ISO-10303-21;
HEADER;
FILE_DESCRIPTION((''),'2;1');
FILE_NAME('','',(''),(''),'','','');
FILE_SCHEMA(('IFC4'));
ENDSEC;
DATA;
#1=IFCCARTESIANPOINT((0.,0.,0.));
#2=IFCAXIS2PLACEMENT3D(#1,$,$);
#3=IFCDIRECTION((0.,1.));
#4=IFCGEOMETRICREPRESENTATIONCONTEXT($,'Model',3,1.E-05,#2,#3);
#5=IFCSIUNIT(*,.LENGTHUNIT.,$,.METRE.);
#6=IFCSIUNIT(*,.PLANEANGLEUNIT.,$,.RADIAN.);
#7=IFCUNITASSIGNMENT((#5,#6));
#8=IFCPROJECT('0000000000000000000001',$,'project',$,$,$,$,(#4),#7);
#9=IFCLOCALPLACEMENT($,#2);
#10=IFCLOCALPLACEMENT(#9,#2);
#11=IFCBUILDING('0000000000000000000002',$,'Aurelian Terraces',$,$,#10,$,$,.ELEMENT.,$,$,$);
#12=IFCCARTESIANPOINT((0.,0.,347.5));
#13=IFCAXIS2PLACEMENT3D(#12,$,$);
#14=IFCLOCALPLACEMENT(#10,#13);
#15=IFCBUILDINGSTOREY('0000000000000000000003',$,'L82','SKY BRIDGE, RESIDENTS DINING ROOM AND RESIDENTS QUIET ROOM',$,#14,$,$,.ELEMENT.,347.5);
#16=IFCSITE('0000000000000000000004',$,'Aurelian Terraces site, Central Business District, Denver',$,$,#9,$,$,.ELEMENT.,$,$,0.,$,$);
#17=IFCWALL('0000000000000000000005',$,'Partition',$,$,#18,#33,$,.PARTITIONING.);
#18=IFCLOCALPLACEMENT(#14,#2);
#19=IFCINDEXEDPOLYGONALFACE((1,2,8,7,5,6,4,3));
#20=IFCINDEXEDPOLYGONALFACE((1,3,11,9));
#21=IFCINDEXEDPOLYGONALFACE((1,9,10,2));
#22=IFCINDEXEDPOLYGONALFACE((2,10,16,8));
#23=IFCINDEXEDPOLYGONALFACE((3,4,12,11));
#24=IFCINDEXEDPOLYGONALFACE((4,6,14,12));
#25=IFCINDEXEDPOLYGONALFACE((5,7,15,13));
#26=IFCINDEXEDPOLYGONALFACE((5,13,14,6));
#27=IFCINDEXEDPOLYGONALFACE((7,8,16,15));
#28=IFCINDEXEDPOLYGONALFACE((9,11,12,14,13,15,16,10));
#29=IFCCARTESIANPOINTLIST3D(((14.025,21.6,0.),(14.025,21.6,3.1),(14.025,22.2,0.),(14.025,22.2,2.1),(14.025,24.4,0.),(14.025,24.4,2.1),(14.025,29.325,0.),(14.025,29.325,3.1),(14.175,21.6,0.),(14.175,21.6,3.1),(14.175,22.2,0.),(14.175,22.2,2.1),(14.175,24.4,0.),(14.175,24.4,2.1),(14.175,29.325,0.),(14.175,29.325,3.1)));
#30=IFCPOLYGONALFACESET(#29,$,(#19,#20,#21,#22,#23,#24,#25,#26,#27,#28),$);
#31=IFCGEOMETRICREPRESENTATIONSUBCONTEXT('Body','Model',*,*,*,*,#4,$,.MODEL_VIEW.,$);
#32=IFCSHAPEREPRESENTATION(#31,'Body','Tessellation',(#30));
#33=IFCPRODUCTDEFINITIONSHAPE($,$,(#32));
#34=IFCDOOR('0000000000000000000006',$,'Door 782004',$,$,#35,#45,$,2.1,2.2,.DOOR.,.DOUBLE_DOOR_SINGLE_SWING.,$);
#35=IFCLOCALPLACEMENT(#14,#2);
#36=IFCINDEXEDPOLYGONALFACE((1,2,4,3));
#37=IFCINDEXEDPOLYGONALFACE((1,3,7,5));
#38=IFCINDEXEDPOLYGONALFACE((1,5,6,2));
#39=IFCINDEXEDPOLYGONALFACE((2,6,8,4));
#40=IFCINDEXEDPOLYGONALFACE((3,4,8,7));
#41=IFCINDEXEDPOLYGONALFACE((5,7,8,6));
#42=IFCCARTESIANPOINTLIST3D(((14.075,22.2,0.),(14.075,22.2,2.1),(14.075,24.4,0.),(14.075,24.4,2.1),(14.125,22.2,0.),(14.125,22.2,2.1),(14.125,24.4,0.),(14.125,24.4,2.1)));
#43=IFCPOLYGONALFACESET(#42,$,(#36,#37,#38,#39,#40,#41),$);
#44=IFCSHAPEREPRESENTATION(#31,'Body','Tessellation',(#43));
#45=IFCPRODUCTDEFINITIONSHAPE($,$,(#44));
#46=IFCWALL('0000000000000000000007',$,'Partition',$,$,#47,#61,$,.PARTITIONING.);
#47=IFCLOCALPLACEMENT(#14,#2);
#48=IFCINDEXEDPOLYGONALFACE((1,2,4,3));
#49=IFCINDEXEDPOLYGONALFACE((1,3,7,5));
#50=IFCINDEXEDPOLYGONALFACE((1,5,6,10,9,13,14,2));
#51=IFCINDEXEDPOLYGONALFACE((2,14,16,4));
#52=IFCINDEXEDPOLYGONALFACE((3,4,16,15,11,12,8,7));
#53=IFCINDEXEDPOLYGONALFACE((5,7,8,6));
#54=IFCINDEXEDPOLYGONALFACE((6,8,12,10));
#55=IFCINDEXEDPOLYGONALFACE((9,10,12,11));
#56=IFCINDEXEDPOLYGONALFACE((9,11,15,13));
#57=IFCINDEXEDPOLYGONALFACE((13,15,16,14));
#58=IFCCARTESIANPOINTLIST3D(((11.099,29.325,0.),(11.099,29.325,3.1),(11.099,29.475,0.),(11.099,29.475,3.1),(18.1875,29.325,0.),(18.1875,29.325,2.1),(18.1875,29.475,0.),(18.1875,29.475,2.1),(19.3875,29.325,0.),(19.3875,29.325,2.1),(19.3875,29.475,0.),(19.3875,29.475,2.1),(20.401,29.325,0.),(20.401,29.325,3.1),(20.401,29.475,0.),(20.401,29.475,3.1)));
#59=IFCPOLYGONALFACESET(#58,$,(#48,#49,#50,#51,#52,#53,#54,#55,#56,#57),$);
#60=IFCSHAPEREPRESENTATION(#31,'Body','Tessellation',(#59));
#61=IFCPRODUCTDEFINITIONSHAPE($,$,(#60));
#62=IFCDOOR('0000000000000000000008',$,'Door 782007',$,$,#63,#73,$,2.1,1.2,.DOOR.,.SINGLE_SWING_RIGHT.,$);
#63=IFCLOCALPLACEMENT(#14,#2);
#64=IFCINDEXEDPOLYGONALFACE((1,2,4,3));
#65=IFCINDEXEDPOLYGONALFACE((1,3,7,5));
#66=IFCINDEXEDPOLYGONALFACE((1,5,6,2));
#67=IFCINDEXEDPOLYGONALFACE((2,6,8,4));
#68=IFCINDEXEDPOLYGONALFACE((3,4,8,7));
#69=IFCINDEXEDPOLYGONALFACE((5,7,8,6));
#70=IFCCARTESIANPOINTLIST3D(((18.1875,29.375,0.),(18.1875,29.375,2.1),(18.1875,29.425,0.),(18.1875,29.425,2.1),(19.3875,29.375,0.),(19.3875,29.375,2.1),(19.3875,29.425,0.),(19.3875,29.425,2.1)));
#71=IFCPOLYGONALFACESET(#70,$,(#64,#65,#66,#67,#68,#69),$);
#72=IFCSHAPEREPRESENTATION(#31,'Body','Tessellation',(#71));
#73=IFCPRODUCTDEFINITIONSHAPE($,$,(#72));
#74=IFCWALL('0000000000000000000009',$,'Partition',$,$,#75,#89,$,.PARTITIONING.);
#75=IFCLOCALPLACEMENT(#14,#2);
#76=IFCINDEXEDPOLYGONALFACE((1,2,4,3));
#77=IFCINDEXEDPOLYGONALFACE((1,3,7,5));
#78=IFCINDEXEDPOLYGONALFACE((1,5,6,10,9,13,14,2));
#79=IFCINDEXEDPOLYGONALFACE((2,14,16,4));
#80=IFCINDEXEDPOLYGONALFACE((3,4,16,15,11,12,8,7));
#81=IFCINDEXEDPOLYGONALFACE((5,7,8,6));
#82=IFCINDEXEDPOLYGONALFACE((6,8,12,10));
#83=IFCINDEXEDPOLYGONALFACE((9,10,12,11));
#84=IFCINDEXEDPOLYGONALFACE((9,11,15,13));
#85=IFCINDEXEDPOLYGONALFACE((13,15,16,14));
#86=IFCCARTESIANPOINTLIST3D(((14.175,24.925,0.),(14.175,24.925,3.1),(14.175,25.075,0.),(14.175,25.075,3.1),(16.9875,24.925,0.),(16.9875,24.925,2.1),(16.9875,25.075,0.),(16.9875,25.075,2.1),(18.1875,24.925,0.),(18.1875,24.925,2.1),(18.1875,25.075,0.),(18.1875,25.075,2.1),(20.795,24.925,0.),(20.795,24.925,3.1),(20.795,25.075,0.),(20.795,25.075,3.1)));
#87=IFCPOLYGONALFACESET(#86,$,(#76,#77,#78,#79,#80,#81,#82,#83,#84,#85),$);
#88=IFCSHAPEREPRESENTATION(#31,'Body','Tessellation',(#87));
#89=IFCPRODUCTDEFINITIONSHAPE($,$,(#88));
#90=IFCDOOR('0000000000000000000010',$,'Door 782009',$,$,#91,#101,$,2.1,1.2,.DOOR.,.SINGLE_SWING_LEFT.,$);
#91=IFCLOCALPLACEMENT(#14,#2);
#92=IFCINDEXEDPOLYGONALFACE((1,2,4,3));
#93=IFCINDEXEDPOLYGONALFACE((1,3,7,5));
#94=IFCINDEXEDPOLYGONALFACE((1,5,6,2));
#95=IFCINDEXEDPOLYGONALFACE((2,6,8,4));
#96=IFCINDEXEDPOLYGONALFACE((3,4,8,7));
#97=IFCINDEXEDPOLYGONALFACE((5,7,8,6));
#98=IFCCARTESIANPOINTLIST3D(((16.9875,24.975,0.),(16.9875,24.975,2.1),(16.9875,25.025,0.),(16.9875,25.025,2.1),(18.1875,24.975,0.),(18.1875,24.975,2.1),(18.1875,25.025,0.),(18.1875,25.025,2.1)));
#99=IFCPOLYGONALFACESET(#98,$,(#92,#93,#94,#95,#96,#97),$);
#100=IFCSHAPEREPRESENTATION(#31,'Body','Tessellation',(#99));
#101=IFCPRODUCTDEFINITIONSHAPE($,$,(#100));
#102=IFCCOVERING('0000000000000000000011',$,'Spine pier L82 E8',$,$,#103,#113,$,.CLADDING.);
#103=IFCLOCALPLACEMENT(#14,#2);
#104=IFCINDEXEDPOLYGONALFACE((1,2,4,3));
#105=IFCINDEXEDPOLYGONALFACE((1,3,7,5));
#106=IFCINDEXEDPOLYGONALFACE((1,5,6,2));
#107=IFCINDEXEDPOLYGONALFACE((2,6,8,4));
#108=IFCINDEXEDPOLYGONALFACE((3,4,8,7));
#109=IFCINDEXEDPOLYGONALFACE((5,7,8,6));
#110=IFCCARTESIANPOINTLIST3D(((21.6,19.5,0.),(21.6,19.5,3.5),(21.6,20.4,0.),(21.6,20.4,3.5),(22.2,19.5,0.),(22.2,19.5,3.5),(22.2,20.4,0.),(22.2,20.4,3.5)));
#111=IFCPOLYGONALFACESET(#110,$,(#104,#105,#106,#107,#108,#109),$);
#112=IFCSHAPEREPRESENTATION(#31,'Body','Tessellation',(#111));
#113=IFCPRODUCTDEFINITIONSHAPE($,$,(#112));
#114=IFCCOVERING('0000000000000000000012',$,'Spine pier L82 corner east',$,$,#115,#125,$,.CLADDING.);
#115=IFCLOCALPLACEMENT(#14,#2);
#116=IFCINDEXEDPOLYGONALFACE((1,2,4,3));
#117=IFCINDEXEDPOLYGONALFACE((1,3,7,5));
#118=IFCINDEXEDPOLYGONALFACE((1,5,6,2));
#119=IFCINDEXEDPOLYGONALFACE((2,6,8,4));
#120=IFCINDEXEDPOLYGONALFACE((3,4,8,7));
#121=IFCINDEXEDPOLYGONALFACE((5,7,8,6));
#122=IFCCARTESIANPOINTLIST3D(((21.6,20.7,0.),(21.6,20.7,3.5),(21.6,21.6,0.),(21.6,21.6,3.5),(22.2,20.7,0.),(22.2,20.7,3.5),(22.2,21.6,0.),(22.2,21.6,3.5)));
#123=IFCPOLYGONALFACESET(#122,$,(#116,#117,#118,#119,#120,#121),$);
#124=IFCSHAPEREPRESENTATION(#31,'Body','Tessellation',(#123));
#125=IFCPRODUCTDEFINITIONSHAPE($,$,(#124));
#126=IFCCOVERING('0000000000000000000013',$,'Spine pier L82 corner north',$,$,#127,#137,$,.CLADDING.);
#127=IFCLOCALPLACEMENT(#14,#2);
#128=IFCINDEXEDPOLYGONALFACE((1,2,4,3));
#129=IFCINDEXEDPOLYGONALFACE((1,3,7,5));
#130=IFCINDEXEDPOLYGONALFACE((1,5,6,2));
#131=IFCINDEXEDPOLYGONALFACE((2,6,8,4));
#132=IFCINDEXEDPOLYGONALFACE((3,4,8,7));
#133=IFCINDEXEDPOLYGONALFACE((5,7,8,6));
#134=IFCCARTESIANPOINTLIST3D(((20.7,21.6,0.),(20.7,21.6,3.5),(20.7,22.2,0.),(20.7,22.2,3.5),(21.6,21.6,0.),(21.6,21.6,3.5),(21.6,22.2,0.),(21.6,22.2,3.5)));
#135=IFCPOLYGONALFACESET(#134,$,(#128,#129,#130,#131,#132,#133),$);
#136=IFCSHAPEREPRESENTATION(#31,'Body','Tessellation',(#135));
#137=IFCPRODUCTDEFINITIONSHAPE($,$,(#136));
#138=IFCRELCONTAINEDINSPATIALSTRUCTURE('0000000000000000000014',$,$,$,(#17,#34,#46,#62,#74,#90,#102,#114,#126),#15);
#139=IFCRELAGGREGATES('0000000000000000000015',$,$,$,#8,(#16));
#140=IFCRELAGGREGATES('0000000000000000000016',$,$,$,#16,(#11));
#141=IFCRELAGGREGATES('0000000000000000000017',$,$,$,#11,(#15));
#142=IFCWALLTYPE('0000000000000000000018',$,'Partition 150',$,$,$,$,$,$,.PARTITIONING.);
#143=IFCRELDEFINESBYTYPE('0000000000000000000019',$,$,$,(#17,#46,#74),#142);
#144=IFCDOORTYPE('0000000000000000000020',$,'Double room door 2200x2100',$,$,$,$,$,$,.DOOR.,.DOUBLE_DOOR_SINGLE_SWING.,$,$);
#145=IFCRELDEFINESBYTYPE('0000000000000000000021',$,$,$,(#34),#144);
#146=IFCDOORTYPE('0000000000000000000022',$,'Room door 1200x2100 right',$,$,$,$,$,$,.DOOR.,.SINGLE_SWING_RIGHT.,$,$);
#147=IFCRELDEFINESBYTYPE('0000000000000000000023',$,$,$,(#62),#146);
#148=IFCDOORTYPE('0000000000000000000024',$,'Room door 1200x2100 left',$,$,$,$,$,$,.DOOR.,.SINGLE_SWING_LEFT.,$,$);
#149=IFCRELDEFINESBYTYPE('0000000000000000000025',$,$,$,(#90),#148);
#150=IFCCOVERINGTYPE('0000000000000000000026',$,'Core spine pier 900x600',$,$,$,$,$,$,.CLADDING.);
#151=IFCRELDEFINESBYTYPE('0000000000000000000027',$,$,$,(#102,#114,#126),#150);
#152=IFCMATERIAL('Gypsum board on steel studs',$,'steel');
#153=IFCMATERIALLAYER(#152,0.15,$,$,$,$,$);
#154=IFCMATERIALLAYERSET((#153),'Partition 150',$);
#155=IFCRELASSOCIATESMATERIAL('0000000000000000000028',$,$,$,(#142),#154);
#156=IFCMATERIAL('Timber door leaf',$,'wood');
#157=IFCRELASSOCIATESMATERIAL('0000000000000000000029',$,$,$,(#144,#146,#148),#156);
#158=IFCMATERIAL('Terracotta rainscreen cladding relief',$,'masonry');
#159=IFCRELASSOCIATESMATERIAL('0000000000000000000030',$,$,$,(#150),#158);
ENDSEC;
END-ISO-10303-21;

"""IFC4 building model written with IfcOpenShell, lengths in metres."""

from ifc_helpers import new_model, si_unit, direction, frame, frame_2d, origin, origin_2d, place, context, subcontext, project, spatial, rectangle, extrude, source, transform, mapped, material, layer, layer_set, type_object, element, fill, save


model = new_model("IFC4")

# Units and contexts
model_context = context("Model", 3, precision=1e-05, world=origin(), true_north=direction((0.0, 1.0)))
body_context = subcontext(model_context, "Body", "Model", "MODEL_VIEW")
ifc_project = project(units=[si_unit("LENGTHUNIT", "METRE"), si_unit("PLANEANGLEUNIT", "RADIAN")], contexts=[model_context])

# Site, building, storey
site_placement = place(None, origin())
site = spatial("IfcSite", under=ifc_project, at=site_placement, Name="Aurelian Terraces site, Central Business District, Denver", CompositionType="ELEMENT", RefElevation=0.0)
building_placement = place(site_placement, origin())
building = spatial("IfcBuilding", under=site, at=building_placement, Name="Aurelian Terraces", CompositionType="ELEMENT")
storey_placement = place(building_placement, frame((0.0, 0.0, 347.5)))
storey = spatial("IfcBuildingStorey", under=building, at=storey_placement, Name="L82", Description="SKY BRIDGE, RESIDENTS DINING ROOM AND RESIDENTS QUIET ROOM", CompositionType="ELEMENT", Elevation=347.5)

# Walls, openings, doors
ifc_material_1 = material(Name="Gypsum board on steel studs", Category="steel")
ifc_layer_1 = layer(ifc_material_1, 0.15)
ifc_layer_set_1 = layer_set([ifc_layer_1], Name="Partition 150")
wall_type_1 = type_object("IfcWallType", Name="Partition 150", PredefinedType="PARTITIONING", material=ifc_layer_set_1)
shared_shape_1 = source(origin(), body_context, "Body", "SweptSolid", [
    extrude(rectangle(XDim=7.725, YDim=0.15, at=frame_2d((3.8625, 0.0))), origin(), (0.0, 0.0, 1.0), 3.1),
])
wall_1_placement = place(storey_placement, frame((14.1, 29.325, 0.0), z_axis=(0.0, 0.0, 1.0), x_axis=(0.0, -1.0, 0.0)))
wall_1 = element("IfcWall", 1, at=wall_1_placement, inside=storey, type_object=wall_type_1, Name="Partition", PredefinedType="PARTITIONING", context=body_context, shape_type="MappedRepresentation", body=[
    mapped(shared_shape_1, transform((0.0, 0.0, 0.0), scale=1.0)),
])
shared_shape_2 = source(origin(), body_context, "Body", "SweptSolid", [
    extrude(rectangle(XDim=2.2, YDim=2.1, at=frame_2d((1.1, 1.05))), frame((0.0, 0.085, 0.0), z_axis=(0.0, -1.0, 0.0), x_axis=(1.0, 0.0, 0.0)), (0.0, 0.0, 1.0), 0.17),
])
opening_1_placement = place(wall_1_placement, frame((4.925, 0.0, 0.0)))
opening_1 = element("IfcOpeningElement", 2, at=opening_1_placement, cuts=wall_1, PredefinedType="OPENING", context=body_context, shape_type="MappedRepresentation", body=[
    mapped(shared_shape_2, transform((0.0, 0.0, 0.0), scale=1.0)),
])
ifc_material_2 = material(Name="Timber door leaf", Category="wood")
door_type_1 = type_object("IfcDoorType", Name="Double room door 2200x2100", OperationType="DOUBLE_DOOR_SINGLE_SWING", PredefinedType="DOOR", material=ifc_material_2)
shared_shape_3 = source(origin(), body_context, "Body", "SweptSolid", [
    extrude(rectangle(XDim=2.2, YDim=2.1, at=frame_2d((1.1, 1.05))), frame((0.0, 0.025, 0.0), z_axis=(0.0, -1.0, 0.0), x_axis=(1.0, 0.0, 0.0)), (0.0, 0.0, 1.0), 0.05),
])
door_1_placement = place(opening_1_placement, origin())
door_1 = element("IfcDoor", 3, at=door_1_placement, inside=storey, type_object=door_type_1, Name="Door 782004", OperationType="DOUBLE_DOOR_SINGLE_SWING", OverallHeight=2.1, OverallWidth=2.2, PredefinedType="DOOR", context=body_context, shape_type="MappedRepresentation", body=[
    mapped(shared_shape_3, transform((0.0, 0.0, 0.0), scale=1.0)),
])
fill(opening_1, door_1)
shared_shape_4 = source(origin(), body_context, "Body", "SweptSolid", [
    extrude(rectangle(XDim=9.302, YDim=0.15, at=frame_2d((4.651, 0.0))), origin(), (0.0, 0.0, 1.0), 3.1),
])
wall_2_placement = place(storey_placement, frame((11.099, 29.4, 0.0), z_axis=(0.0, 0.0, 1.0), x_axis=(1.0, 0.0, 0.0)))
wall_2 = element("IfcWall", 4, at=wall_2_placement, inside=storey, type_object=wall_type_1, Name="Partition", PredefinedType="PARTITIONING", context=body_context, shape_type="MappedRepresentation", body=[
    mapped(shared_shape_4, transform((0.0, 0.0, 0.0), scale=1.0)),
])
shared_shape_5 = source(origin(), body_context, "Body", "SweptSolid", [
    extrude(rectangle(XDim=1.2, YDim=2.1, at=frame_2d((0.6, 1.05))), frame((0.0, 0.085, 0.0), z_axis=(0.0, -1.0, 0.0), x_axis=(1.0, 0.0, 0.0)), (0.0, 0.0, 1.0), 0.17),
])
opening_2_placement = place(wall_2_placement, frame((7.0885, 0.0, 0.0)))
opening_2 = element("IfcOpeningElement", 5, at=opening_2_placement, cuts=wall_2, PredefinedType="OPENING", context=body_context, shape_type="MappedRepresentation", body=[
    mapped(shared_shape_5, transform((0.0, 0.0, 0.0), scale=1.0)),
])
door_type_2 = type_object("IfcDoorType", Name="Room door 1200x2100 right", OperationType="SINGLE_SWING_RIGHT", PredefinedType="DOOR", material=ifc_material_2)
shared_shape_6 = source(origin(), body_context, "Body", "SweptSolid", [
    extrude(rectangle(XDim=1.2, YDim=2.1, at=frame_2d((0.6, 1.05))), frame((0.0, 0.025, 0.0), z_axis=(0.0, -1.0, 0.0), x_axis=(1.0, 0.0, 0.0)), (0.0, 0.0, 1.0), 0.05),
])
door_2_placement = place(opening_2_placement, origin())
door_2 = element("IfcDoor", 6, at=door_2_placement, inside=storey, type_object=door_type_2, Name="Door 782007", OperationType="SINGLE_SWING_RIGHT", OverallHeight=2.1, OverallWidth=1.2, PredefinedType="DOOR", context=body_context, shape_type="MappedRepresentation", body=[
    mapped(shared_shape_6, transform((0.0, 0.0, 0.0), scale=1.0)),
])
fill(opening_2, door_2)
shared_shape_7 = source(origin(), body_context, "Body", "SweptSolid", [
    extrude(rectangle(XDim=6.62, YDim=0.15, at=frame_2d((3.31, 0.0))), origin(), (0.0, 0.0, 1.0), 3.1),
])
wall_3_placement = place(storey_placement, frame((14.175, 25.0, 0.0), z_axis=(0.0, 0.0, 1.0), x_axis=(1.0, 0.0, 0.0)))
wall_3 = element("IfcWall", 7, at=wall_3_placement, inside=storey, type_object=wall_type_1, Name="Partition", PredefinedType="PARTITIONING", context=body_context, shape_type="MappedRepresentation", body=[
    mapped(shared_shape_7, transform((0.0, 0.0, 0.0), scale=1.0)),
])
opening_3_placement = place(wall_3_placement, frame((2.8125, 0.0, 0.0)))
opening_3 = element("IfcOpeningElement", 8, at=opening_3_placement, cuts=wall_3, PredefinedType="OPENING", context=body_context, shape_type="MappedRepresentation", body=[
    mapped(shared_shape_5, transform((0.0, 0.0, 0.0), scale=1.0)),
])
door_type_3 = type_object("IfcDoorType", Name="Room door 1200x2100 left", OperationType="SINGLE_SWING_LEFT", PredefinedType="DOOR", material=ifc_material_2)
door_3_placement = place(opening_3_placement, origin())
door_3 = element("IfcDoor", 9, at=door_3_placement, inside=storey, type_object=door_type_3, Name="Door 782009", OperationType="SINGLE_SWING_LEFT", OverallHeight=2.1, OverallWidth=1.2, PredefinedType="DOOR", context=body_context, shape_type="MappedRepresentation", body=[
    mapped(shared_shape_6, transform((0.0, 0.0, 0.0), scale=1.0)),
])
fill(opening_3, door_3)

# Coverings
ifc_material_3 = material(Name="Terracotta rainscreen cladding relief", Category="masonry")
covering_type = type_object("IfcCoveringType", Name="Core spine pier 900x600", PredefinedType="CLADDING", material=ifc_material_3)
shared_shape_8 = source(origin(), body_context, "Body", "SweptSolid", [
    extrude(rectangle(XDim=0.6, YDim=0.9, at=origin_2d()), origin(), (0.0, 0.0, 1.0), 3.5),
])
for number, where, z_axis, x_axis, name in (
    (10, (21.9, 19.95, 0.0), (0.0, 0.0, 1.0), (1.0, 0.0, 0.0), "Spine pier L82 E8"),
    (11, (21.9, 21.15, 0.0), (0.0, 0.0, 1.0), (1.0, 0.0, 0.0), "Spine pier L82 corner east"),
):
    element("IfcCovering", number, at=place(storey_placement, frame(where, z_axis=z_axis, x_axis=x_axis)), inside=storey, type_object=covering_type, Name=name, PredefinedType="CLADDING", context=body_context, shape_type="MappedRepresentation", body=[
        mapped(shared_shape_8, transform((0.0, 0.0, 0.0), scale=1.0)),
    ])
shared_shape_9 = source(origin(), body_context, "Body", "SweptSolid", [
    extrude(rectangle(XDim=0.9, YDim=0.6, at=origin_2d()), origin(), (0.0, 0.0, 1.0), 3.5),
])
covering_placement = place(storey_placement, frame((21.15, 21.9, 0.0), z_axis=(0.0, 0.0, 1.0), x_axis=(1.0, 0.0, 0.0)))
element("IfcCovering", 12, at=covering_placement, inside=storey, type_object=covering_type, Name="Spine pier L82 corner north", PredefinedType="CLADDING", context=body_context, shape_type="MappedRepresentation", body=[
    mapped(shared_shape_9, transform((0.0, 0.0, 0.0), scale=1.0)),
])

save(model, "model.ifc")
